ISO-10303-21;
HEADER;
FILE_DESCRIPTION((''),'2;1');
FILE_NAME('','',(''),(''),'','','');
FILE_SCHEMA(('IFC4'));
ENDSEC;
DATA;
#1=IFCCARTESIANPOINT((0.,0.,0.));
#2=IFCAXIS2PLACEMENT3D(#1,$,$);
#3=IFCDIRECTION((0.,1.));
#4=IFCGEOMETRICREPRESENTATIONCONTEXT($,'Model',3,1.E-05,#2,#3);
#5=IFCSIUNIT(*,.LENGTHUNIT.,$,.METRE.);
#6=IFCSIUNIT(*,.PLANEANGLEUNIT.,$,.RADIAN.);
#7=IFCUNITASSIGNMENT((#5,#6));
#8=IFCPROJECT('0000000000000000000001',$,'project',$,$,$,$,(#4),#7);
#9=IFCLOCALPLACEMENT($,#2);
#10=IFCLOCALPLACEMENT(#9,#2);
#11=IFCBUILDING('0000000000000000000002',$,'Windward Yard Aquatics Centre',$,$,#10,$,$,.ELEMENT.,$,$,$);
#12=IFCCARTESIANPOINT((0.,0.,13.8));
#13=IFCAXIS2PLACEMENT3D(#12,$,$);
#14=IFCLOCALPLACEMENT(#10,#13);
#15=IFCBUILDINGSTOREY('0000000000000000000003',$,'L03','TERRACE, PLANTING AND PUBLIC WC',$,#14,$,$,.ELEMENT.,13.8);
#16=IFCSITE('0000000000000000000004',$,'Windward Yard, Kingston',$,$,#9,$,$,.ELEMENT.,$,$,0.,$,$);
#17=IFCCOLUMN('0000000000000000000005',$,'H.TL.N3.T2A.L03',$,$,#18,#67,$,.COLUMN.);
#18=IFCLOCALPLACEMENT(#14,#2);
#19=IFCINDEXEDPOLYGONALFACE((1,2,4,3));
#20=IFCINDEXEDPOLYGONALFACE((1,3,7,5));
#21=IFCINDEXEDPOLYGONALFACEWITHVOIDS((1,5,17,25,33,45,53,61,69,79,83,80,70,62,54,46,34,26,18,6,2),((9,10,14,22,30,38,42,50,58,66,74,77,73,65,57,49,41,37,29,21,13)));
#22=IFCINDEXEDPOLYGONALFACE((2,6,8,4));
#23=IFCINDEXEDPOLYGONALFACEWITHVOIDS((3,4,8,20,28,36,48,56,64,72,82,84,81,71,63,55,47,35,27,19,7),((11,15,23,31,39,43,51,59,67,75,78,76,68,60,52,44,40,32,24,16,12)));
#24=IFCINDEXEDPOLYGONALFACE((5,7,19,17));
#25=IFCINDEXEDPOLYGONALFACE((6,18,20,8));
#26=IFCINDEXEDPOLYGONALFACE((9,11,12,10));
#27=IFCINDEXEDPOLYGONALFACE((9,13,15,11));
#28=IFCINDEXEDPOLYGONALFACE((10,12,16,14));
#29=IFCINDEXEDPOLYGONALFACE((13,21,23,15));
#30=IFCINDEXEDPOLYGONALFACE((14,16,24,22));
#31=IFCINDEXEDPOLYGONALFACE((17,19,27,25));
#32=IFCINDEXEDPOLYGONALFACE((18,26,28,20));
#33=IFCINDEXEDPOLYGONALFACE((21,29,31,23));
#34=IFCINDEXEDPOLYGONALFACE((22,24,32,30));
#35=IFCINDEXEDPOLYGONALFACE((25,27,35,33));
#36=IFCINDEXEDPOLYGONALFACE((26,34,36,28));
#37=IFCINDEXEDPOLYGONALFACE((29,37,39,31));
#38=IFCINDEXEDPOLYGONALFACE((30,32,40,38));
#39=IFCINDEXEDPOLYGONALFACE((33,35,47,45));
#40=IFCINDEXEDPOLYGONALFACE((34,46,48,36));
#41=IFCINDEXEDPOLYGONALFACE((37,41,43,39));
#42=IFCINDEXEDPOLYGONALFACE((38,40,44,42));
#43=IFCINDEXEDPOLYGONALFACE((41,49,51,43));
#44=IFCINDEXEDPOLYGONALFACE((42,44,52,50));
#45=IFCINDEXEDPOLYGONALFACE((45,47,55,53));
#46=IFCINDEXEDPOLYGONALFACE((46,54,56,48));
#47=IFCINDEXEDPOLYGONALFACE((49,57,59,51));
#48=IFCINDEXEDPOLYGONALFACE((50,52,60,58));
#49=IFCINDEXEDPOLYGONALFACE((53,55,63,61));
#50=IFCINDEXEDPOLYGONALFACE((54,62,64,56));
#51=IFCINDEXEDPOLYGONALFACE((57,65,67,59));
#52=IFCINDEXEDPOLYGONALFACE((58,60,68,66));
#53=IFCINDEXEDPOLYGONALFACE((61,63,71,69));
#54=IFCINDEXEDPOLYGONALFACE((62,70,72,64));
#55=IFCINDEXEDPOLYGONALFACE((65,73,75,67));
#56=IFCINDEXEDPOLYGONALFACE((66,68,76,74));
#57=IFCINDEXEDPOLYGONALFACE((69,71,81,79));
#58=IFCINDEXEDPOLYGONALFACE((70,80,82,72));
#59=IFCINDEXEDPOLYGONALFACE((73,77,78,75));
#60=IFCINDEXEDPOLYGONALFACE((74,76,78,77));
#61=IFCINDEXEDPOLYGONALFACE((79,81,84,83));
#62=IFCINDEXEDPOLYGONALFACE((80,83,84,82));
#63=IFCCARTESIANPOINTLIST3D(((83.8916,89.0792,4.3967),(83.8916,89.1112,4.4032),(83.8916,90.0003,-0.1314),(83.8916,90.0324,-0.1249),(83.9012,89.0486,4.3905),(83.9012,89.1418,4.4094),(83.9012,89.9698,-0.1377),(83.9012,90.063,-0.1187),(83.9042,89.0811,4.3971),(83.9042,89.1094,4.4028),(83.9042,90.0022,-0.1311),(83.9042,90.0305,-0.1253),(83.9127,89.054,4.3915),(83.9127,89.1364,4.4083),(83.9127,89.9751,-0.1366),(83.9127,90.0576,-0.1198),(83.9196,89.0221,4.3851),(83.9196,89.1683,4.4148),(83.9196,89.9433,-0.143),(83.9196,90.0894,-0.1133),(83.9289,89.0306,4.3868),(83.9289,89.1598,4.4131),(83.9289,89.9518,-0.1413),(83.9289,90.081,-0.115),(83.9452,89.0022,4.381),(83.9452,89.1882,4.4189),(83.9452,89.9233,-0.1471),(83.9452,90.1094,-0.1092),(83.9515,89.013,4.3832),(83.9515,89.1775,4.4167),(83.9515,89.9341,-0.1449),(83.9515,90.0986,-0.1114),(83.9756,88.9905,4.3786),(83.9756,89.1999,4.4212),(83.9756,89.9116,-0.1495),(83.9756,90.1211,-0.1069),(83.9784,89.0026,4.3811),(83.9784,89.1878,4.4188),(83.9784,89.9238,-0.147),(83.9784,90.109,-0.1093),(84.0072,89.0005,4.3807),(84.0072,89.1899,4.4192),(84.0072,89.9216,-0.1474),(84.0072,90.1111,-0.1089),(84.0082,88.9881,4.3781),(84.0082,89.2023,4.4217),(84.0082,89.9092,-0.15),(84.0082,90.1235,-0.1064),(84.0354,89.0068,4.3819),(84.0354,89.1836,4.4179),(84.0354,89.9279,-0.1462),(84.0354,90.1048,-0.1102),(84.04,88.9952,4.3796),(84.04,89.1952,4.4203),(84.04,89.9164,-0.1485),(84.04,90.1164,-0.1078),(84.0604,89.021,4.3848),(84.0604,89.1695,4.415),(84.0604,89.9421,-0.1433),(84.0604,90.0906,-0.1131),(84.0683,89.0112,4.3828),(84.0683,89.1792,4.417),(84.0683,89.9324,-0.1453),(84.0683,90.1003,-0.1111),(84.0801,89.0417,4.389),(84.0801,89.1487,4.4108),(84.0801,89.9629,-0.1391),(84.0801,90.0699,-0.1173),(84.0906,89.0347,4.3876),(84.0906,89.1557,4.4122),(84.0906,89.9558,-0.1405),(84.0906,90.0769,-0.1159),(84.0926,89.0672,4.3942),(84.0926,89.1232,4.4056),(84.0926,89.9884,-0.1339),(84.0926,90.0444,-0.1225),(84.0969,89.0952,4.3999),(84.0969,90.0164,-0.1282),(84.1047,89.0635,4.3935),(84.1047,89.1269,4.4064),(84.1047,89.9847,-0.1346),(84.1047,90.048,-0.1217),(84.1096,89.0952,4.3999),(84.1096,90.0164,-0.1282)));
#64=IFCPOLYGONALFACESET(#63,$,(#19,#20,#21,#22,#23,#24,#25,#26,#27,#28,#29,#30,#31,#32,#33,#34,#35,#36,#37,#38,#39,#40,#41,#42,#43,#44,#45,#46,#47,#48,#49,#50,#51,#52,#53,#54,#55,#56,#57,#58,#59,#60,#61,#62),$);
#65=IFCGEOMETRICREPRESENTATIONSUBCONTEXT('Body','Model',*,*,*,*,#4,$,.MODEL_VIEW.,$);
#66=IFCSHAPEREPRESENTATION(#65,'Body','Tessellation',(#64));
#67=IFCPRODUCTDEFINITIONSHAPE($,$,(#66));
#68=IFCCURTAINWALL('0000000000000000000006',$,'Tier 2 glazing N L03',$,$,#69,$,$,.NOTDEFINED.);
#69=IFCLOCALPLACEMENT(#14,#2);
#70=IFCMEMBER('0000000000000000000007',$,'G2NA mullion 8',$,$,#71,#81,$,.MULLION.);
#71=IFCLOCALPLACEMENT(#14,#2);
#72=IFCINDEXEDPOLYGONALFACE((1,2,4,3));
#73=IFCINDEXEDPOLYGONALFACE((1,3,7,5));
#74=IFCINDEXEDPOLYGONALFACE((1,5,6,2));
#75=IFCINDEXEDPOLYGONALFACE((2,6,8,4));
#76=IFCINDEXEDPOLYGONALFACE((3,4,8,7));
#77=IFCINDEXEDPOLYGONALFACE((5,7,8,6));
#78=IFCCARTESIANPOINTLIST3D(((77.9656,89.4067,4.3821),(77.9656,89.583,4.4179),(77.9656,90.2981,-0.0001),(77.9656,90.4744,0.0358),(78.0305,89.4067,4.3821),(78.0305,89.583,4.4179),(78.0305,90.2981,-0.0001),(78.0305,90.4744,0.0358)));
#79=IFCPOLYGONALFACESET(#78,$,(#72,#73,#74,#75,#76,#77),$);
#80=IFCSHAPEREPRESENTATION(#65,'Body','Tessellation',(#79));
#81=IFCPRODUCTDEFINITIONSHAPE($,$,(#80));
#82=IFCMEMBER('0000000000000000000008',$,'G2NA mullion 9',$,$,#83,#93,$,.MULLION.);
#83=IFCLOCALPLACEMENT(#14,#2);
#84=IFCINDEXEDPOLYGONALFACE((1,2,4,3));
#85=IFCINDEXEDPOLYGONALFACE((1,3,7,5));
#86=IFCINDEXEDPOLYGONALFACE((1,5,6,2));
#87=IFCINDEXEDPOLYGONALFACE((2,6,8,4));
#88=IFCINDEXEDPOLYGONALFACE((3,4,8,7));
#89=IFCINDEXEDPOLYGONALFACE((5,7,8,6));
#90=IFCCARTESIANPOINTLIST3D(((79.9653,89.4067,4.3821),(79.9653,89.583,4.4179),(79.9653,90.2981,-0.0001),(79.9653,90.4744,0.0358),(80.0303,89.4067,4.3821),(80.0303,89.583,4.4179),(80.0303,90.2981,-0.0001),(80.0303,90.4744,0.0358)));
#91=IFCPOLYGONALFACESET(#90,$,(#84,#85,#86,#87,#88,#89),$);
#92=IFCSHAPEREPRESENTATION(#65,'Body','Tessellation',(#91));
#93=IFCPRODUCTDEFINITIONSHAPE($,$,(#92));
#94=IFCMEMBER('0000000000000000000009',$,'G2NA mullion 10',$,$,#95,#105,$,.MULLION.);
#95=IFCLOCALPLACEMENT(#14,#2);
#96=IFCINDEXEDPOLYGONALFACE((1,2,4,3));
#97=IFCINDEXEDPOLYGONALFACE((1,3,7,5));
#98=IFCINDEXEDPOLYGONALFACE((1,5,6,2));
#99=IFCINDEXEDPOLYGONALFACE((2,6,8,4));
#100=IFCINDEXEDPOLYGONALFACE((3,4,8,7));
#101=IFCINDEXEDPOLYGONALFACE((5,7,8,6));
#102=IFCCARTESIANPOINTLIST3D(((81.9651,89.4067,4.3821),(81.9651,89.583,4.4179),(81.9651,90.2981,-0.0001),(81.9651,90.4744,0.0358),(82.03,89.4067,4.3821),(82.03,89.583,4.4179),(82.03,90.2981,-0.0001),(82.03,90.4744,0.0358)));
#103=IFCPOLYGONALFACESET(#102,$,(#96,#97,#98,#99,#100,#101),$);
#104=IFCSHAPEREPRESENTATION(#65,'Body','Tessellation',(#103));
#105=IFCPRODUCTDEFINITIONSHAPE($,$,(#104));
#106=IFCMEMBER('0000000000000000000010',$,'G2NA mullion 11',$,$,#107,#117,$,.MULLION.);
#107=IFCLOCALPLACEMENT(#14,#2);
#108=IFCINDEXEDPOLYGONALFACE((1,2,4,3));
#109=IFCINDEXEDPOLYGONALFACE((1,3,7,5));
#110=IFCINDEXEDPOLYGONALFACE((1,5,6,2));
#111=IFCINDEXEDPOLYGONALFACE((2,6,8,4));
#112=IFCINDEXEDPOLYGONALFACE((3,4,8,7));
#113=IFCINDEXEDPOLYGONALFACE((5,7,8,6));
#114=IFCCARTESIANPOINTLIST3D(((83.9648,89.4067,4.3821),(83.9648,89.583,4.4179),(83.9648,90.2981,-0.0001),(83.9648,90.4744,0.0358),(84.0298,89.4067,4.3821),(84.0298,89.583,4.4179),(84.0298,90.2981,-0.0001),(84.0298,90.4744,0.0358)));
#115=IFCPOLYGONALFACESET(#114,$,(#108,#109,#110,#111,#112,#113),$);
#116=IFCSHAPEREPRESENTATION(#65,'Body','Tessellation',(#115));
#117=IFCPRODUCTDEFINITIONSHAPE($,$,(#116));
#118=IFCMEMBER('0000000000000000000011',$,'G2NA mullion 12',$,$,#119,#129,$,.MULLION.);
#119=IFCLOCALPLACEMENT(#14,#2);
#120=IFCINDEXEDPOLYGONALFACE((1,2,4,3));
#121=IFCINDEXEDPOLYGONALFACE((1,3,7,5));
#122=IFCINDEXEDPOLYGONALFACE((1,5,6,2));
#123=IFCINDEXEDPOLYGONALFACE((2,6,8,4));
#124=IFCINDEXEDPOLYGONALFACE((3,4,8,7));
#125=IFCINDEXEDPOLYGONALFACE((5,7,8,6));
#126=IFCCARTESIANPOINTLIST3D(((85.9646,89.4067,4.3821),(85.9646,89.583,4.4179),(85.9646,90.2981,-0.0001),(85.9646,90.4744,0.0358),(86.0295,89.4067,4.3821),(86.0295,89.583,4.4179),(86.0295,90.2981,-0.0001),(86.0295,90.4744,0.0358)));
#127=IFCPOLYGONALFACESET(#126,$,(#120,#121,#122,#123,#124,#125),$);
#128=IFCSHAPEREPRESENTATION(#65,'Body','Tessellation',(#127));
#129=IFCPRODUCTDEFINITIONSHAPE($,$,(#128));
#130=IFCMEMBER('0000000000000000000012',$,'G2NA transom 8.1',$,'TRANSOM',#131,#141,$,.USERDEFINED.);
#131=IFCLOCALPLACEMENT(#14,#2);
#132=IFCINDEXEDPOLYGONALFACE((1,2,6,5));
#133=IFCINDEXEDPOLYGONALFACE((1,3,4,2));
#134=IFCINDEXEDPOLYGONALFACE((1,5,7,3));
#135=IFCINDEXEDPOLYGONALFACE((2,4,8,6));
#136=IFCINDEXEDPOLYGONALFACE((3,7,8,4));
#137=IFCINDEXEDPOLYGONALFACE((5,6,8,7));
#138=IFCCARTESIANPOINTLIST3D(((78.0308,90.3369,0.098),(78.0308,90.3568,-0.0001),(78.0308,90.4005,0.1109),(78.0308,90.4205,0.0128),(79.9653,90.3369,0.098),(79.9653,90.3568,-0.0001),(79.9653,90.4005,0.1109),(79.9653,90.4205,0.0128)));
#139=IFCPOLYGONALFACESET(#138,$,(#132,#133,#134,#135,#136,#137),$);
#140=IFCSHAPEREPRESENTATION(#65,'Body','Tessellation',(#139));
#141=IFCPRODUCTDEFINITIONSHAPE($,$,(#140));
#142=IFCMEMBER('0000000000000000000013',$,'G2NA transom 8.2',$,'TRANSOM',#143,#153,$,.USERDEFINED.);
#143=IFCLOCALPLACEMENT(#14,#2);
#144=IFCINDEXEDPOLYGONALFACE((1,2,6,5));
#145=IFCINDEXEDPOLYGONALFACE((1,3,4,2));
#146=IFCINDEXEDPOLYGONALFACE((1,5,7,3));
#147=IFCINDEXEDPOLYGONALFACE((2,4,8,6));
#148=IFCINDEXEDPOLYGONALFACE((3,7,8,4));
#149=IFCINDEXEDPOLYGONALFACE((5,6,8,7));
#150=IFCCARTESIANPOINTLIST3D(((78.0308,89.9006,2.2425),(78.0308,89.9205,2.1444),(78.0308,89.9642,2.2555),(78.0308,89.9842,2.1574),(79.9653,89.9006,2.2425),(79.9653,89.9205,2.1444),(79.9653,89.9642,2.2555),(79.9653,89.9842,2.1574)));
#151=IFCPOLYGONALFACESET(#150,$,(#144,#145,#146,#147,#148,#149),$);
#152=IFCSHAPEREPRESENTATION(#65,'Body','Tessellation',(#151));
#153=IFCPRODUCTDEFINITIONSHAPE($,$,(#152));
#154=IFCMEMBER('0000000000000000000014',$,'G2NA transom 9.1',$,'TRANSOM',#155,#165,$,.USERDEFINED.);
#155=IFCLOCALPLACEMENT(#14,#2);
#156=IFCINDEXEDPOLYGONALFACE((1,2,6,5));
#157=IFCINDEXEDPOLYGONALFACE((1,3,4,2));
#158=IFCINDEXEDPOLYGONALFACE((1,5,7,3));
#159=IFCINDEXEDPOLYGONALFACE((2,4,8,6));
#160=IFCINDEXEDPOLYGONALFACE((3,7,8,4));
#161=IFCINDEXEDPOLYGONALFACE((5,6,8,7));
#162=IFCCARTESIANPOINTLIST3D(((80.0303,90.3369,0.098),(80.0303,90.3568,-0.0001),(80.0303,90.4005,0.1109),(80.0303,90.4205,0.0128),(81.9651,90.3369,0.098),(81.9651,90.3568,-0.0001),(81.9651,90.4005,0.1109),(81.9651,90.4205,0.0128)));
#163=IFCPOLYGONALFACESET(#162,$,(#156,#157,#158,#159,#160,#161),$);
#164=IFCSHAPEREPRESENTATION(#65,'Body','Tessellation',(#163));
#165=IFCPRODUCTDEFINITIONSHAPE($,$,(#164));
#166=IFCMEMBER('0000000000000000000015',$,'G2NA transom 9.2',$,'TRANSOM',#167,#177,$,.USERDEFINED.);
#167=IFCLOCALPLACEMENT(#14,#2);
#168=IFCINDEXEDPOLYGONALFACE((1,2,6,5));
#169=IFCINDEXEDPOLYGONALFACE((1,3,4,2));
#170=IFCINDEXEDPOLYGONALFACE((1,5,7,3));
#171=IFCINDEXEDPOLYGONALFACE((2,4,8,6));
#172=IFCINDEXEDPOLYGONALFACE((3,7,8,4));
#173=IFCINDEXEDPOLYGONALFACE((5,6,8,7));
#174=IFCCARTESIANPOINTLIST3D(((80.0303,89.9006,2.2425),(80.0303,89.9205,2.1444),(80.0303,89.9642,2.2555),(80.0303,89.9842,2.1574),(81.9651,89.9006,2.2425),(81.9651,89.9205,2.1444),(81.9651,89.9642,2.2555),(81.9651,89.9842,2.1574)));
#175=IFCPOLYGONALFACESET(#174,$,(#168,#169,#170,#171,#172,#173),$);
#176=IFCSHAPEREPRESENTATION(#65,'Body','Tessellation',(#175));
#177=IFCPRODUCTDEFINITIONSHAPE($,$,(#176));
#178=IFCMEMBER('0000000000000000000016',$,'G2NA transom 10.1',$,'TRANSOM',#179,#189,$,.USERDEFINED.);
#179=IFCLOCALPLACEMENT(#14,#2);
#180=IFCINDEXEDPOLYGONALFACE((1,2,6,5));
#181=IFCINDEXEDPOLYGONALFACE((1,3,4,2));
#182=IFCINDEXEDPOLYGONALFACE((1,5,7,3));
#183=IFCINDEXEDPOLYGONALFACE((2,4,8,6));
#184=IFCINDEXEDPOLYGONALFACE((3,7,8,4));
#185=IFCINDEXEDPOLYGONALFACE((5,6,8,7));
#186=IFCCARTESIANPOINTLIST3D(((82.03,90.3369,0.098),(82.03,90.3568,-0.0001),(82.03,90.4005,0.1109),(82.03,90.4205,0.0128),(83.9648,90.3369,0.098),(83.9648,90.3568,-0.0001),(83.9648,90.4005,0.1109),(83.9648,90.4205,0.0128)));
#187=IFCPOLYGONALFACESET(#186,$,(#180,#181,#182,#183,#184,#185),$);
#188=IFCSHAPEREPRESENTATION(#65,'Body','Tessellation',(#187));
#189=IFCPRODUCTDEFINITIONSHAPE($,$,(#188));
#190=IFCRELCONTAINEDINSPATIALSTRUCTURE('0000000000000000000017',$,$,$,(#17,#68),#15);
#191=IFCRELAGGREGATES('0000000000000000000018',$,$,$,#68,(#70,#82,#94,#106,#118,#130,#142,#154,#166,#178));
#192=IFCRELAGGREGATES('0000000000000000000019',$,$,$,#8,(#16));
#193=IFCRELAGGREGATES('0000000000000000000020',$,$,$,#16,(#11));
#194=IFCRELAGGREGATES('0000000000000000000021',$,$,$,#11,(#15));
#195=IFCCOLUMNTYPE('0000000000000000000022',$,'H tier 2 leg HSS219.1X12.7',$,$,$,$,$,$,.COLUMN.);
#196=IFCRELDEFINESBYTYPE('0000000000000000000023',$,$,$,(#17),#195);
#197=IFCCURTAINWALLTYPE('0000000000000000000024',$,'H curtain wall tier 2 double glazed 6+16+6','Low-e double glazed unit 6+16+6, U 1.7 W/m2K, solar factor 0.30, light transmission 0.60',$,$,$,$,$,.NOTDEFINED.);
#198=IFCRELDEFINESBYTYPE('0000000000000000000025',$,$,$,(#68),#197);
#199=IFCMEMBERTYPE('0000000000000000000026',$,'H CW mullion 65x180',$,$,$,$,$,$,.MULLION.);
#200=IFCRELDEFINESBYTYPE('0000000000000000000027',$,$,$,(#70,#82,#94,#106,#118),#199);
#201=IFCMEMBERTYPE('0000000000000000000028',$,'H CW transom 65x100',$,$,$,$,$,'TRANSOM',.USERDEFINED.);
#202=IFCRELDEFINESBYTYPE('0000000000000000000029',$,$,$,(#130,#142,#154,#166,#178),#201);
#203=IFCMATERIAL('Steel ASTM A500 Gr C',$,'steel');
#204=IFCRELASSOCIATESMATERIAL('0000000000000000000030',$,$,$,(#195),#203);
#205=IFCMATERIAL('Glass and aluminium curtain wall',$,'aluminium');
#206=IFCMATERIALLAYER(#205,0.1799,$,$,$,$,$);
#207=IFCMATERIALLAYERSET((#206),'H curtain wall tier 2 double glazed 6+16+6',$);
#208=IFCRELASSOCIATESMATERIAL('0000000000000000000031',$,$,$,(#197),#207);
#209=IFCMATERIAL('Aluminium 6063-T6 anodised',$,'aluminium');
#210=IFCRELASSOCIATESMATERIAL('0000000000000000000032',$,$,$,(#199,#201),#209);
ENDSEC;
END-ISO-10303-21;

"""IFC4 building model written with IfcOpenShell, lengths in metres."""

from ifc_helpers import new_model, si_unit, direction, frame, origin, origin_2d, place, context, subcontext, project, spatial, rectangle, hollow_circle, extrude, material, layer, layer_set, material_profile, profile_set, type_object, element, aggregate, save


model = new_model("IFC4")

# Units and contexts
model_context = context("Model", 3, precision=1e-05, world=origin(), true_north=direction((0.0, 1.0)))
body_context = subcontext(model_context, "Body", "Model", "MODEL_VIEW")
ifc_project = project(units=[si_unit("LENGTHUNIT", "METRE"), si_unit("PLANEANGLEUNIT", "RADIAN")], contexts=[model_context])

# Site, building, storey
site_placement = place(None, origin())
site = spatial("IfcSite", under=ifc_project, at=site_placement, Name="Windward Yard, Kingston", CompositionType="ELEMENT", RefElevation=0.0)
building_placement = place(site_placement, origin())
building = spatial("IfcBuilding", under=site, at=building_placement, Name="Windward Yard Aquatics Centre", CompositionType="ELEMENT")
storey_placement = place(building_placement, frame((0.0, 0.0, 13.8)))
storey = spatial("IfcBuildingStorey", under=building, at=storey_placement, Name="L03", Description="TERRACE, PLANTING AND PUBLIC WC", CompositionType="ELEMENT", Elevation=13.8)

# Column
ifc_material_1 = material(Name="Steel ASTM A500 Gr C", Category="steel")
ifc_material_profile_1 = material_profile(ifc_material_1, hollow_circle(Radius=0.1096, WallThickness=0.0127, at=origin_2d()), Name="HSS219.1X12.7")
ifc_profile_set_1 = profile_set([ifc_material_profile_1], Name="Steel ASTM A500 Gr C")
column_type = type_object("IfcColumnType", Name="H tier 2 leg HSS219.1X12.7", PredefinedType="COLUMN", material=ifc_profile_set_1)
column_placement = place(storey_placement, frame((84.0, 90.0164, -0.1282), z_axis=(0.0, -0.199346, 0.979929), x_axis=(1.0, 0.0, 0.0)))
element("IfcColumn", 1, at=column_placement, inside=storey, type_object=column_type, Name="H.TL.N3.T2A.L03", PredefinedType="COLUMN", context=body_context, shape_type="SweptSolid", body=[
    extrude(hollow_circle(Radius=0.1096, WallThickness=0.0127, at=origin_2d()), origin(), (0.0, 0.0, 1.0), 4.6208),
])

# Curtain wall, members
ifc_material_2 = material(Name="Glass and aluminium curtain wall", Category="aluminium")
ifc_layer_1 = layer(ifc_material_2, 0.1799)
ifc_layer_set_1 = layer_set([ifc_layer_1], Name="H curtain wall tier 2 double glazed 6+16+6")
curtain_wall_type = type_object("IfcCurtainWallType", Name="H curtain wall tier 2 double glazed 6+16+6", Description="Low-e double glazed unit 6+16+6, U 1.7 W/m2K, solar factor 0.30, light transmission 0.60", PredefinedType="NOTDEFINED", material=ifc_layer_set_1)
curtain_wall_placement = place(storey_placement, origin())
curtain_wall = element("IfcCurtainWall", 2, at=curtain_wall_placement, inside=storey, type_object=curtain_wall_type, Name="Tier 2 glazing N L03", PredefinedType="NOTDEFINED")
ifc_material_3 = material(Name="Aluminium 6063-T6 anodised", Category="aluminium")
ifc_material_profile_2 = material_profile(ifc_material_3, rectangle(XDim=0.0649, YDim=0.1799, at=origin_2d()), Name="H CW mullion 65x180")
ifc_profile_set_2 = profile_set([ifc_material_profile_2], Name="Aluminium 6063-T6 anodised")
member_type_1 = type_object("IfcMemberType", Name="H CW mullion 65x180", PredefinedType="MULLION", material=ifc_profile_set_2)
member_1_placement = place(storey_placement, frame((77.998, 90.3862, 0.0178), z_axis=(0.0, -0.199328, 0.979933), x_axis=(1.0, 0.0, 0.0)))
member_1 = element("IfcMember", 3, at=member_1_placement, type_object=member_type_1, Name="G2NA mullion 8", PredefinedType="MULLION", context=body_context, shape_type="SweptSolid", body=[
    extrude(rectangle(XDim=0.0649, YDim=0.1799, at=origin_2d()), origin(), (0.0, 0.0, 1.0), 4.4719),
])
member_2_placement = place(storey_placement, frame((79.9978, 90.3862, 0.0178), z_axis=(0.0, -0.199328, 0.979933), x_axis=(1.0, 0.0, 0.0)))
member_2 = element("IfcMember", 4, at=member_2_placement, type_object=member_type_1, Name="G2NA mullion 9", PredefinedType="MULLION", context=body_context, shape_type="SweptSolid", body=[
    extrude(rectangle(XDim=0.0649, YDim=0.1799, at=origin_2d()), origin(), (0.0, 0.0, 1.0), 4.4719),
])
member_3_placement = place(storey_placement, frame((81.9976, 90.3862, 0.0178), z_axis=(0.0, -0.199328, 0.979933), x_axis=(1.0, 0.0, 0.0)))
member_3 = element("IfcMember", 5, at=member_3_placement, type_object=member_type_1, Name="G2NA mullion 10", PredefinedType="MULLION", context=body_context, shape_type="SweptSolid", body=[
    extrude(rectangle(XDim=0.0649, YDim=0.1799, at=origin_2d()), origin(), (0.0, 0.0, 1.0), 4.4719),
])
member_4_placement = place(storey_placement, frame((83.9973, 90.3862, 0.0178), z_axis=(0.0, -0.199328, 0.979933), x_axis=(1.0, 0.0, 0.0)))
member_4 = element("IfcMember", 6, at=member_4_placement, type_object=member_type_1, Name="G2NA mullion 11", PredefinedType="MULLION", context=body_context, shape_type="SweptSolid", body=[
    extrude(rectangle(XDim=0.0649, YDim=0.1799, at=origin_2d()), origin(), (0.0, 0.0, 1.0), 4.4719),
])
member_5_placement = place(storey_placement, frame((85.9971, 90.3862, 0.0178), z_axis=(0.0, -0.199328, 0.979933), x_axis=(1.0, 0.0, 0.0)))
member_5 = element("IfcMember", 7, at=member_5_placement, type_object=member_type_1, Name="G2NA mullion 12", PredefinedType="MULLION", context=body_context, shape_type="SweptSolid", body=[
    extrude(rectangle(XDim=0.0649, YDim=0.1799, at=origin_2d()), origin(), (0.0, 0.0, 1.0), 4.4719),
])
ifc_material_profile_3 = material_profile(ifc_material_3, rectangle(XDim=0.0649, YDim=0.1001, at=origin_2d()), Name="H CW transom 65x100")
ifc_profile_set_3 = profile_set([ifc_material_profile_3], Name="Aluminium 6063-T6 anodised")
member_type_2 = type_object("IfcMemberType", Name="H CW transom 65x100", ElementType="TRANSOM", PredefinedType="USERDEFINED", material=ifc_profile_set_3)
member_6_placement = place(storey_placement, frame((78.0308, 90.3787, 0.0554), z_axis=(1.0, 0.0, 0.0), x_axis=(0.0, 0.979925, 0.199368)))
member_6 = element("IfcMember", 8, at=member_6_placement, type_object=member_type_2, Name="G2NA transom 8.1", ObjectType="TRANSOM", PredefinedType="USERDEFINED", context=body_context, shape_type="SweptSolid", body=[
    extrude(rectangle(XDim=0.0649, YDim=0.1001, at=origin_2d()), origin(), (0.0, 0.0, 1.0), 1.9346),
])
member_7_placement = place(storey_placement, frame((78.0308, 89.9424, 2.2), z_axis=(1.0, 0.0, 0.0), x_axis=(0.0, 0.979925, 0.199368)))
member_7 = element("IfcMember", 9, at=member_7_placement, type_object=member_type_2, Name="G2NA transom 8.2", ObjectType="TRANSOM", PredefinedType="USERDEFINED", context=body_context, shape_type="SweptSolid", body=[
    extrude(rectangle(XDim=0.0649, YDim=0.1001, at=origin_2d()), origin(), (0.0, 0.0, 1.0), 1.9346),
])
member_8_placement = place(storey_placement, frame((80.0303, 90.3787, 0.0554), z_axis=(1.0, 0.0, 0.0), x_axis=(0.0, 0.979925, 0.199368)))
member_8 = element("IfcMember", 10, at=member_8_placement, type_object=member_type_2, Name="G2NA transom 9.1", ObjectType="TRANSOM", PredefinedType="USERDEFINED", context=body_context, shape_type="SweptSolid", body=[
    extrude(rectangle(XDim=0.0649, YDim=0.1001, at=origin_2d()), origin(), (0.0, 0.0, 1.0), 1.9348),
])
member_9_placement = place(storey_placement, frame((80.0303, 89.9424, 2.2), z_axis=(1.0, 0.0, 0.0), x_axis=(0.0, 0.979925, 0.199368)))
member_9 = element("IfcMember", 11, at=member_9_placement, type_object=member_type_2, Name="G2NA transom 9.2", ObjectType="TRANSOM", PredefinedType="USERDEFINED", context=body_context, shape_type="SweptSolid", body=[
    extrude(rectangle(XDim=0.0649, YDim=0.1001, at=origin_2d()), origin(), (0.0, 0.0, 1.0), 1.9348),
])
member_10_placement = place(storey_placement, frame((82.03, 90.3787, 0.0554), z_axis=(1.0, 0.0, 0.0), x_axis=(0.0, 0.979925, 0.199368)))
member_10 = element("IfcMember", 12, at=member_10_placement, type_object=member_type_2, Name="G2NA transom 10.1", ObjectType="TRANSOM", PredefinedType="USERDEFINED", context=body_context, shape_type="SweptSolid", body=[
    extrude(rectangle(XDim=0.0649, YDim=0.1001, at=origin_2d()), origin(), (0.0, 0.0, 1.0), 1.9348),
])

aggregate(curtain_wall, [member_1, member_2, member_3, member_4, member_5, member_6, member_7, member_8, member_9, member_10])

save(model, "model.ifc")
